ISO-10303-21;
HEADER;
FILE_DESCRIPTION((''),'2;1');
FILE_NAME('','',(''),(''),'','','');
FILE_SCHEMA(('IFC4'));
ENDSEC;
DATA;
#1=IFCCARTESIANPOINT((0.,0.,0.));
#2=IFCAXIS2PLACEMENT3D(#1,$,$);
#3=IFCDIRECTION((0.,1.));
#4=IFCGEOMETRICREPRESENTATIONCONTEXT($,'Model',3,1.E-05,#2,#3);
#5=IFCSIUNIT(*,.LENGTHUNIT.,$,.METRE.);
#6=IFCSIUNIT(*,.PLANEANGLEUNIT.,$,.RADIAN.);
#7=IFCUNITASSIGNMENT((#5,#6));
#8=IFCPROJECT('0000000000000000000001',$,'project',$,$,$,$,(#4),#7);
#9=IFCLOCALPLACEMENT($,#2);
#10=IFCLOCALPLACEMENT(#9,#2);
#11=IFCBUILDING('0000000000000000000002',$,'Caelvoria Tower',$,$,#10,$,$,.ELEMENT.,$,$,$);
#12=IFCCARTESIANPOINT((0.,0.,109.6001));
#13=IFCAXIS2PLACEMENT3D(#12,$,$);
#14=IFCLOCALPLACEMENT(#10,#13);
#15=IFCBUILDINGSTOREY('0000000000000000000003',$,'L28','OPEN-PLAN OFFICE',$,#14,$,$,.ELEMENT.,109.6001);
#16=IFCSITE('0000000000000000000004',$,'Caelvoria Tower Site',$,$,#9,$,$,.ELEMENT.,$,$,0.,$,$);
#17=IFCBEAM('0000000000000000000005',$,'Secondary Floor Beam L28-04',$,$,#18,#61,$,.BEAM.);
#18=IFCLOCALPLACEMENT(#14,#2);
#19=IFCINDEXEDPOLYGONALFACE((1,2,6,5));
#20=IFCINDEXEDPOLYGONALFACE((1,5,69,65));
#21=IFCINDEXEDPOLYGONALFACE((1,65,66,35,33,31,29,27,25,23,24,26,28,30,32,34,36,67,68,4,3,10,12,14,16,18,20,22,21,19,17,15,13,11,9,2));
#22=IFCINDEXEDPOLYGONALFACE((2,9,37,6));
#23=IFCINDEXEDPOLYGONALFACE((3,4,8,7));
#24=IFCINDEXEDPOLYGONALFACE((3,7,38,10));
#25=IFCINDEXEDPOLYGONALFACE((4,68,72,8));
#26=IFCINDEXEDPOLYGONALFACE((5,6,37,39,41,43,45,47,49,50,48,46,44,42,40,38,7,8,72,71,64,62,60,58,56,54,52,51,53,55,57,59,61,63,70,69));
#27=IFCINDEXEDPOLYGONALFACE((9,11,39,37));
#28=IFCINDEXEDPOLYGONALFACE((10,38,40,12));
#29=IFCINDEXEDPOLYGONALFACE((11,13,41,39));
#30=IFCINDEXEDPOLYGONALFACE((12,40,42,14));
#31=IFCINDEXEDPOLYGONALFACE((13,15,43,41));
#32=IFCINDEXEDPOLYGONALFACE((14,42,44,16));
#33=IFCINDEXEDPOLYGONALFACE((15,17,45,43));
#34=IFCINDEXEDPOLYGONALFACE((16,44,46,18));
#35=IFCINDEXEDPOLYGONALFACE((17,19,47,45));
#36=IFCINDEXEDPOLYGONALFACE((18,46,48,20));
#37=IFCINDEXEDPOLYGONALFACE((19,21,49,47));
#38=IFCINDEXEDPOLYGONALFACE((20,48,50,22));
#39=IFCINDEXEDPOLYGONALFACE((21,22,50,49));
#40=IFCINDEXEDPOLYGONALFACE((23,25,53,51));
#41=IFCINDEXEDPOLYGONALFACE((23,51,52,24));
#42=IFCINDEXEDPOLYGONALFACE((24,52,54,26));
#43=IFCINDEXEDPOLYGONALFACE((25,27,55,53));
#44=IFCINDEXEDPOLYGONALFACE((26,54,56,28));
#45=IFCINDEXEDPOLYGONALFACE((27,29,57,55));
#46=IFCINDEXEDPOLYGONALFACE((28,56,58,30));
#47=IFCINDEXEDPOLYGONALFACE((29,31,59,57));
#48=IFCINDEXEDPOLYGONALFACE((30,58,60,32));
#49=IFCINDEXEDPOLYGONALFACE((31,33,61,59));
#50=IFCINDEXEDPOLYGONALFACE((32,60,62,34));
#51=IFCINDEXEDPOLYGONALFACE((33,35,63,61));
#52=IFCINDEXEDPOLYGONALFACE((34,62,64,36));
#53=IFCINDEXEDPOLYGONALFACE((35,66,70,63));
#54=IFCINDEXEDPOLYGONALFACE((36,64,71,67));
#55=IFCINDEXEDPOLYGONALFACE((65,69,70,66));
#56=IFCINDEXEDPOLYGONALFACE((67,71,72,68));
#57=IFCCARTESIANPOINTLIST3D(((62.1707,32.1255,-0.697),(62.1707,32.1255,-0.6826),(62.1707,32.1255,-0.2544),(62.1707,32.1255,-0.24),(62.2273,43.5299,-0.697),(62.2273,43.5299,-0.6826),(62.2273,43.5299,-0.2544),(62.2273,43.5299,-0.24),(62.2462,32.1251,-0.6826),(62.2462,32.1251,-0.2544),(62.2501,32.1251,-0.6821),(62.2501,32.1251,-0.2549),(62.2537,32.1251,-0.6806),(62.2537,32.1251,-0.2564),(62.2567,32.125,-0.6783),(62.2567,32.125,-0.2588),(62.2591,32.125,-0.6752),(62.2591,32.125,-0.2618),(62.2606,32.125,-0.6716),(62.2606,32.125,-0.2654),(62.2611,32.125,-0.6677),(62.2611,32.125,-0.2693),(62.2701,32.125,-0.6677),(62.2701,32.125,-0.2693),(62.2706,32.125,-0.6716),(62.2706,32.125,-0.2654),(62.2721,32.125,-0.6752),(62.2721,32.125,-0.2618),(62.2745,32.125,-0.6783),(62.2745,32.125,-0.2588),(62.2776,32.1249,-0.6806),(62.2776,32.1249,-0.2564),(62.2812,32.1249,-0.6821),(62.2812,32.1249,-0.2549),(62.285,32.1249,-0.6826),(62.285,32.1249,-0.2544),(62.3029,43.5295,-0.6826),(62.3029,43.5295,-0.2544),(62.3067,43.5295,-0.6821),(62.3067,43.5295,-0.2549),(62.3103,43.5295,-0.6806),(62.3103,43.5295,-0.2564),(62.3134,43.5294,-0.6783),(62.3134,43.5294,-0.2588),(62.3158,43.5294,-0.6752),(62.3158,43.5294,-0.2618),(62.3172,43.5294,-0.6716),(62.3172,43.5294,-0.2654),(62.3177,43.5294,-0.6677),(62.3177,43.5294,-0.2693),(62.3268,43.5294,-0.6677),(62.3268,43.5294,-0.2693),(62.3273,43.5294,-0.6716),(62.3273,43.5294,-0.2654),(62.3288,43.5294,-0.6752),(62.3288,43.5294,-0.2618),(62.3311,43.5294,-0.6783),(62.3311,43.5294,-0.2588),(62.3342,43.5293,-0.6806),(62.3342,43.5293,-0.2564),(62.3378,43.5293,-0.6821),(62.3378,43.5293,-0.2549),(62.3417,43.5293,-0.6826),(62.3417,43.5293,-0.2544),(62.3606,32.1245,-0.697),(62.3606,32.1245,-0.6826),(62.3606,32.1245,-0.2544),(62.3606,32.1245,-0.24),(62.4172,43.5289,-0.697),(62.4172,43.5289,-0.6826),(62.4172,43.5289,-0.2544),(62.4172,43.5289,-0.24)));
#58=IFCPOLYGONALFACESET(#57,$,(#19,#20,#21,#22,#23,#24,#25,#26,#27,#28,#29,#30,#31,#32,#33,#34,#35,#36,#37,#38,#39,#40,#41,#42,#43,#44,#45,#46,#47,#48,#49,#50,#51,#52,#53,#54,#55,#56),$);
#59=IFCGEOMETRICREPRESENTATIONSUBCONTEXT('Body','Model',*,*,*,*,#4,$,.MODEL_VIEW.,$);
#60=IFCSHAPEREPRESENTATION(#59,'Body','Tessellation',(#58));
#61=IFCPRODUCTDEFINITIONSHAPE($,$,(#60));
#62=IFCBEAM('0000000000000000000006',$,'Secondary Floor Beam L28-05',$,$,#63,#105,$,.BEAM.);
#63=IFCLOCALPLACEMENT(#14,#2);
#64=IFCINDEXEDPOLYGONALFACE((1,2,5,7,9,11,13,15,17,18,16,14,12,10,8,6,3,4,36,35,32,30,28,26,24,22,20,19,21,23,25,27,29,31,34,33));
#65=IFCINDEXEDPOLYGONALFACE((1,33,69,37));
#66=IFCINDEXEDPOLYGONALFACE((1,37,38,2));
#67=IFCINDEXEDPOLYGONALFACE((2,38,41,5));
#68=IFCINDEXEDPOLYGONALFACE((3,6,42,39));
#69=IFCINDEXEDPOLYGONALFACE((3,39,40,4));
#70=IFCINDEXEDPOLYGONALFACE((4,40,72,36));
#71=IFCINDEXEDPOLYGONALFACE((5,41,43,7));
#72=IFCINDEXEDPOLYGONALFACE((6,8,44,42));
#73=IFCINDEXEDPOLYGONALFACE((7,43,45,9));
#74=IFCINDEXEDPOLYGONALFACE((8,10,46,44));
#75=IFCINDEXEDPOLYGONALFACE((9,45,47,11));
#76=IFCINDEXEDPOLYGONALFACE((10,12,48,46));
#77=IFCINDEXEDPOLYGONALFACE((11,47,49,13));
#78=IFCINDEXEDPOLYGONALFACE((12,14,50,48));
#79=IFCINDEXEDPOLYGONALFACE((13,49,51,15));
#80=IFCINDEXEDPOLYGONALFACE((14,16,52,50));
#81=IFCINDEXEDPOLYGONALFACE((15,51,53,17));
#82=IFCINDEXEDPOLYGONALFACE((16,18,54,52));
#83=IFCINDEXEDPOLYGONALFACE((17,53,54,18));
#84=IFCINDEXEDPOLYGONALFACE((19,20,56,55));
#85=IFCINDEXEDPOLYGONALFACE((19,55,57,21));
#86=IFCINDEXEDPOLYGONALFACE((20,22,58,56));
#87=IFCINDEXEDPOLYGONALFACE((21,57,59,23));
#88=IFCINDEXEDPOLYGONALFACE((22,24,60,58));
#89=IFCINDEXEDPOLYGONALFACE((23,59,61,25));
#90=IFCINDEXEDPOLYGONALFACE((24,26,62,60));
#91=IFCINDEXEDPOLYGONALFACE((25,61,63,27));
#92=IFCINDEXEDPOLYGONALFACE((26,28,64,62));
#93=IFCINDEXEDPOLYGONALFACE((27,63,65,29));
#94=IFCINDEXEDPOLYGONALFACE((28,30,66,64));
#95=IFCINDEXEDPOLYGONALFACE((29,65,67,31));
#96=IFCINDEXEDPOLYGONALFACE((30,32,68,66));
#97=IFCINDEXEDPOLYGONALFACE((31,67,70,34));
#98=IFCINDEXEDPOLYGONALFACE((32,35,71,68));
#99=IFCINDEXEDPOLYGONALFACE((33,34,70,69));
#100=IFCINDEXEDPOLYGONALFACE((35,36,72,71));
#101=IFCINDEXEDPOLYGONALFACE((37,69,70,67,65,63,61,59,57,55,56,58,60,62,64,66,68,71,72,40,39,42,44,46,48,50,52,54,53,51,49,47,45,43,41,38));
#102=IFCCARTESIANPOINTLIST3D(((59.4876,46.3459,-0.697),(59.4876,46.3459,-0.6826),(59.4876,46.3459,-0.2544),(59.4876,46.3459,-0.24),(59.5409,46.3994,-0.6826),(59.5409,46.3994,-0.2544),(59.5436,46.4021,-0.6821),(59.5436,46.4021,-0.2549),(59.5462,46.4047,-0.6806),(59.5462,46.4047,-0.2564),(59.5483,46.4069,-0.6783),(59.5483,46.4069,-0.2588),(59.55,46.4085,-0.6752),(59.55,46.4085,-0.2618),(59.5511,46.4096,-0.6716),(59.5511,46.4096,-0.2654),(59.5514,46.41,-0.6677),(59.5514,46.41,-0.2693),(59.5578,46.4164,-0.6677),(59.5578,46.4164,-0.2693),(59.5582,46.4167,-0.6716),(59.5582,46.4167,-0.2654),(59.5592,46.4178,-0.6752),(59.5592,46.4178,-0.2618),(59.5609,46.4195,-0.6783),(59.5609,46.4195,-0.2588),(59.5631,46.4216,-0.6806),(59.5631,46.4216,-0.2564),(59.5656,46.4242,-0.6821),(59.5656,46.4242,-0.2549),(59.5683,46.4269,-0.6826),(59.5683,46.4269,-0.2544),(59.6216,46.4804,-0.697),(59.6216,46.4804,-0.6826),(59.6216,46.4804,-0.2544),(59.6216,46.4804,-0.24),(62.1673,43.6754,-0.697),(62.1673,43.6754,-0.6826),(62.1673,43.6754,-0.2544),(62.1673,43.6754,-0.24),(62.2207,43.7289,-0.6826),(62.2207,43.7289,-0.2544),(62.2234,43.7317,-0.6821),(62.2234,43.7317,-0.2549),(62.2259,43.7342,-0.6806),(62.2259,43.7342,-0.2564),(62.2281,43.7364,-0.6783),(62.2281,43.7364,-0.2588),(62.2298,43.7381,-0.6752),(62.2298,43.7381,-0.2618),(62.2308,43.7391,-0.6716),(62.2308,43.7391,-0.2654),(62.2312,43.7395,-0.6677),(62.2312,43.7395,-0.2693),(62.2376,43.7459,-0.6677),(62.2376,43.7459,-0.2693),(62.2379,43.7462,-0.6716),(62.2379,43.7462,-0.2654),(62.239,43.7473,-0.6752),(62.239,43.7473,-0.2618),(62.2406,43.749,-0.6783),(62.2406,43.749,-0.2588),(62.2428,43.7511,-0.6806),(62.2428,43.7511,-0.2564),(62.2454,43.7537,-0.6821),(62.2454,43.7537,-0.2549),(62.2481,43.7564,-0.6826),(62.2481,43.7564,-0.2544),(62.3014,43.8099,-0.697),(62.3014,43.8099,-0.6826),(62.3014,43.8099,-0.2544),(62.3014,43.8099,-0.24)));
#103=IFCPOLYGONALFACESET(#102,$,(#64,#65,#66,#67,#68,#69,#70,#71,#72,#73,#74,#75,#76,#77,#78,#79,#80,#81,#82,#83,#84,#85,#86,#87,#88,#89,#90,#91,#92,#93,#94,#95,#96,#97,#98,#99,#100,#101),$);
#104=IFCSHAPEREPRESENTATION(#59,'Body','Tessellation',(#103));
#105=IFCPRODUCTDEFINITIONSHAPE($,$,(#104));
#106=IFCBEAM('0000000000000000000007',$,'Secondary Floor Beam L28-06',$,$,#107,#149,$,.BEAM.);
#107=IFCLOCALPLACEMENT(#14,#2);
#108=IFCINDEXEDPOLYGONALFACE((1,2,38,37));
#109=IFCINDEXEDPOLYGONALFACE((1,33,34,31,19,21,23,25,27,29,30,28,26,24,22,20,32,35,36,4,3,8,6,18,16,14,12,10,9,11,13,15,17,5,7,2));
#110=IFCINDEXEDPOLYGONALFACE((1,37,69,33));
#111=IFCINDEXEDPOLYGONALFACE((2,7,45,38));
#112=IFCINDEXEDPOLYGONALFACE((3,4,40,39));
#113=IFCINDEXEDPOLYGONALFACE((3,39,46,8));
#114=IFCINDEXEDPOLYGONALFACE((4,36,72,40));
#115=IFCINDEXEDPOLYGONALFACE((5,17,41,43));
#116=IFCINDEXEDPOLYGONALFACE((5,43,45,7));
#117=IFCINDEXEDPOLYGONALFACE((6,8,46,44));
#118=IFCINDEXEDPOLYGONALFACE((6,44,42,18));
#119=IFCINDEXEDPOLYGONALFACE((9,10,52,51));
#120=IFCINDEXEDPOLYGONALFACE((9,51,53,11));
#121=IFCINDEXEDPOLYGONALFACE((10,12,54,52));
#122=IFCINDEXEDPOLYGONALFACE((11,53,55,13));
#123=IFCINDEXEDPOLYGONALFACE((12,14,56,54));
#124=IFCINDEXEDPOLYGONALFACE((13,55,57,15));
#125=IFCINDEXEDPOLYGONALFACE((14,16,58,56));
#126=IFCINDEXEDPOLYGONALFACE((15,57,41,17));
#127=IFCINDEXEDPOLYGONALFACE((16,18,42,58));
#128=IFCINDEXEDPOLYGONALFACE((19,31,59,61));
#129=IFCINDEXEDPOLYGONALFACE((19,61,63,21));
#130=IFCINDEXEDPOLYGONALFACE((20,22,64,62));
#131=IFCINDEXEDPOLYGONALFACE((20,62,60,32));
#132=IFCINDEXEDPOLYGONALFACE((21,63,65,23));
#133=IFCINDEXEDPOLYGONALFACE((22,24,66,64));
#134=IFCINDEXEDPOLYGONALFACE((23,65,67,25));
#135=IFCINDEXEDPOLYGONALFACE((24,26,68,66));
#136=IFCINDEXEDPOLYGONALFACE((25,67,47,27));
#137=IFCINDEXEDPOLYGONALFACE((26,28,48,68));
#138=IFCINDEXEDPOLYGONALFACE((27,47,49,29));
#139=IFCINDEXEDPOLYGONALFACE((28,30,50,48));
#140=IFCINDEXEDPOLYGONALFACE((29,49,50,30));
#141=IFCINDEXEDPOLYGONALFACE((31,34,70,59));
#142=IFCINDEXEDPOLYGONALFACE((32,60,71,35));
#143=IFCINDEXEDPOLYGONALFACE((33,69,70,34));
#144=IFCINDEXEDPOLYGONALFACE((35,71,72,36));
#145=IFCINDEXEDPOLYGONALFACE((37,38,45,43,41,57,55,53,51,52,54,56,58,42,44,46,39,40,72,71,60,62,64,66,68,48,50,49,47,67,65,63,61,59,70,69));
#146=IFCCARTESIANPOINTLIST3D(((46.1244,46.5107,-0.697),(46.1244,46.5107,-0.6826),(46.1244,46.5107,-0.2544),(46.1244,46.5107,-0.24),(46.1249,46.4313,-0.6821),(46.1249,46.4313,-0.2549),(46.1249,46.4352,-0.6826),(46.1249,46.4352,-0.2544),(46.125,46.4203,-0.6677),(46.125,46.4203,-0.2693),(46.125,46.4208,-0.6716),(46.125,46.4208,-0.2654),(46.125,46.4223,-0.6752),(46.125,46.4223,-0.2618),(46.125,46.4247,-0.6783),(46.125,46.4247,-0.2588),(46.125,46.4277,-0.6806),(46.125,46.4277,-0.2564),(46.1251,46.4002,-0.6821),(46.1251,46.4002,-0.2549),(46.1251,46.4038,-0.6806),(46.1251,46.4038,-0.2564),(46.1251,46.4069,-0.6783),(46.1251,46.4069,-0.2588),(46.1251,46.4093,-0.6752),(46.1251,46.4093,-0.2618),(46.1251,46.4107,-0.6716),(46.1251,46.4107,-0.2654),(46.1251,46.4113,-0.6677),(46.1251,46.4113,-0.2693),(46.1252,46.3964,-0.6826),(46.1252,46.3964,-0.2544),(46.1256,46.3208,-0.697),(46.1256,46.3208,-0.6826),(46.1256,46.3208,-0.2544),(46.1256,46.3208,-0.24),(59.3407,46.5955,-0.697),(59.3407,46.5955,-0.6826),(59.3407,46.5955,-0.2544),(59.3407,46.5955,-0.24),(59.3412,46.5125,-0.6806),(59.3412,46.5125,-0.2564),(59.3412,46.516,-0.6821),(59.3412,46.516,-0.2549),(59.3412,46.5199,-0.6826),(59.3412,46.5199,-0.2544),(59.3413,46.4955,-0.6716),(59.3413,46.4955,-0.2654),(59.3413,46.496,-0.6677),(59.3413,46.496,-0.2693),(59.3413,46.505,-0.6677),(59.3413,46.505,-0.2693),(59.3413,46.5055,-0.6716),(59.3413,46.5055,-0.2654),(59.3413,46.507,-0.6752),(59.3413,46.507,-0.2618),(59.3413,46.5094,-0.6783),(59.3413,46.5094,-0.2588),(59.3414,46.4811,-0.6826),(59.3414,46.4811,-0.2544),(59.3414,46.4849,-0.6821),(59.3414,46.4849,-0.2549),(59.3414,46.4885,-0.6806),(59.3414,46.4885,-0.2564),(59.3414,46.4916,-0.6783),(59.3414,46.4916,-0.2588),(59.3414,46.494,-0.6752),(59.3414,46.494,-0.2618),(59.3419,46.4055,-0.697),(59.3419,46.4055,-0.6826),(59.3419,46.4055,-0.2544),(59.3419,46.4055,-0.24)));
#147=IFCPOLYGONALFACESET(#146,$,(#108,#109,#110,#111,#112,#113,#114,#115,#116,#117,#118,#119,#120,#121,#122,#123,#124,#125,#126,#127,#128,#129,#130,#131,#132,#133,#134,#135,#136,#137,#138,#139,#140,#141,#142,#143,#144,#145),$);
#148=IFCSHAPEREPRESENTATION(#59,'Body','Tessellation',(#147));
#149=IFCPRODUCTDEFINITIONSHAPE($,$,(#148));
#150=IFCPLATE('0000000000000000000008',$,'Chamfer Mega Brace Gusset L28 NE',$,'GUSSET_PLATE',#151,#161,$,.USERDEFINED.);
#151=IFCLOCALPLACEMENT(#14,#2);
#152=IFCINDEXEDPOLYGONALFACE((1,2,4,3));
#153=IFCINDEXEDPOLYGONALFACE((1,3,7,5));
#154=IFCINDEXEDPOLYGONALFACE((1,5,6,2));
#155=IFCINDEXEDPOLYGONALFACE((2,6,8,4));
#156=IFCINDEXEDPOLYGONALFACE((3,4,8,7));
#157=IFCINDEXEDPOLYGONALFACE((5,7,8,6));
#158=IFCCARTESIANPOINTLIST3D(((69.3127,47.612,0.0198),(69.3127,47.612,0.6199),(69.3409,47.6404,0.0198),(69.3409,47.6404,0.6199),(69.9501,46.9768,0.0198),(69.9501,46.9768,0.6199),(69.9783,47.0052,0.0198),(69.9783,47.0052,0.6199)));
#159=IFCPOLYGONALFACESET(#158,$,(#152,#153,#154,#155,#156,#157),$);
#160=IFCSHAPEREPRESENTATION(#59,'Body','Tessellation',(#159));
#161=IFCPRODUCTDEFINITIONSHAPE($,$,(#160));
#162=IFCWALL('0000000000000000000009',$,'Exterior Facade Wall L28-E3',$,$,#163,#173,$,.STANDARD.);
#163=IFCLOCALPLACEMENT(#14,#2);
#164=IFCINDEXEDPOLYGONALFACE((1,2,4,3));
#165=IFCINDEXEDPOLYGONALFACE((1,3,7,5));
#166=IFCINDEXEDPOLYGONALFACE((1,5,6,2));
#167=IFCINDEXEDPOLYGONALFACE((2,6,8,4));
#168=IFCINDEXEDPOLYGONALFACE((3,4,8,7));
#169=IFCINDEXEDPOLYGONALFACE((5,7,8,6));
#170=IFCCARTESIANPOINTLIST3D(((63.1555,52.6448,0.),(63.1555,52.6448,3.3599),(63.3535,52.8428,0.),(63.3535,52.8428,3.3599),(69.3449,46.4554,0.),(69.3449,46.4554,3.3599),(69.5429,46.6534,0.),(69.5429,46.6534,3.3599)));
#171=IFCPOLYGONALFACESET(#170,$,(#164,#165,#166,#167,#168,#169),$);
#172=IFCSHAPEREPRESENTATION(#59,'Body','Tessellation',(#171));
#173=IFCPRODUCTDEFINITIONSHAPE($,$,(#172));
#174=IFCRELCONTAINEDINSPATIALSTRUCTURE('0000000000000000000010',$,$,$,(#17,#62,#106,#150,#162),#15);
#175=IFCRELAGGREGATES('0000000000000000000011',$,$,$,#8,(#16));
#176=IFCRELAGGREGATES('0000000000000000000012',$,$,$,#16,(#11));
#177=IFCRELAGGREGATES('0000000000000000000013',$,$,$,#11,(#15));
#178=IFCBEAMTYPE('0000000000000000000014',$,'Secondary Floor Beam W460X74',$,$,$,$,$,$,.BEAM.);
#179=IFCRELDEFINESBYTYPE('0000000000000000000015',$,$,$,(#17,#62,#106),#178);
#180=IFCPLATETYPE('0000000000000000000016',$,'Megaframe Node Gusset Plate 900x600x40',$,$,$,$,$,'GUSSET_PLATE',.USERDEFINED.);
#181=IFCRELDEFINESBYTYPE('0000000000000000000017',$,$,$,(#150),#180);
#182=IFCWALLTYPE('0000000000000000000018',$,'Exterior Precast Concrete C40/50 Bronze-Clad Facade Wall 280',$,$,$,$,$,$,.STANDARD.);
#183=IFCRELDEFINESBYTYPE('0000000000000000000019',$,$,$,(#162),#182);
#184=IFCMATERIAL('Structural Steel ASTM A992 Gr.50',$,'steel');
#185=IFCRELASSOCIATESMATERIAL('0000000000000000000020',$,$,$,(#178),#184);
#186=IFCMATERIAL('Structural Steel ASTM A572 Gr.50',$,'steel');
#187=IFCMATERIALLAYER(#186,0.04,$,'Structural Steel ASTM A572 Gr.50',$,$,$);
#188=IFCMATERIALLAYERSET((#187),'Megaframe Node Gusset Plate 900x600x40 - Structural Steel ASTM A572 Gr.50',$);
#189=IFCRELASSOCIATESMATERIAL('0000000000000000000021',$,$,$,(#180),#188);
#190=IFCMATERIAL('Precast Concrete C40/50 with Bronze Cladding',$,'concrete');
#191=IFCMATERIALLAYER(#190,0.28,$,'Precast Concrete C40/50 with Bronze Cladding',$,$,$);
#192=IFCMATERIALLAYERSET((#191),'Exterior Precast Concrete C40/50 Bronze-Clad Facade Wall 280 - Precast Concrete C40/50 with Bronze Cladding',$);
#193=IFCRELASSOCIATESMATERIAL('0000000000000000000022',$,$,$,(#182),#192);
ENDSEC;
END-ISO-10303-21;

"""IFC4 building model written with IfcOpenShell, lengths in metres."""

from ifc_helpers import new_model, si_unit, direction, frame, frame_2d, origin, origin_2d, place, context, subcontext, project, spatial, rectangle, i_section, extrude, material, layer, layer_set, material_profile, profile_set, type_object, element, save


model = new_model("IFC4")

# Units and contexts
model_context = context("Model", 3, precision=1e-05, world=origin(), true_north=direction((0.0, 1.0)))
body_context = subcontext(model_context, "Body", "Model", "MODEL_VIEW")
ifc_project = project(units=[si_unit("LENGTHUNIT", "METRE"), si_unit("PLANEANGLEUNIT", "RADIAN")], contexts=[model_context])

# Site, building, storey
site_placement = place(None, origin())
site = spatial("IfcSite", under=ifc_project, at=site_placement, Name="Caelvoria Tower Site", CompositionType="ELEMENT", RefElevation=0.0)
building_placement = place(site_placement, origin())
building = spatial("IfcBuilding", under=site, at=building_placement, Name="Caelvoria Tower", CompositionType="ELEMENT")
storey_placement = place(building_placement, frame((0.0, 0.0, 109.6001)))
storey = spatial("IfcBuildingStorey", under=building, at=storey_placement, Name="L28", Description="OPEN-PLAN OFFICE", CompositionType="ELEMENT", Elevation=109.6001)

# Shared definitions
ifc_material_1 = material(Name="Structural Steel ASTM A572 Gr.50", Category="steel")

# Beams
ifc_material_2 = material(Name="Structural Steel ASTM A992 Gr.50", Category="steel")
ifc_material_profile_1 = material_profile(ifc_material_2, i_section(OverallWidth=0.1899, OverallDepth=0.457, WebThickness=0.009, FlangeThickness=0.0144, FilletRadius=0.0149, at=origin_2d()), Name="Structural Steel ASTM A992 Gr.50")
ifc_profile_set_1 = profile_set([ifc_material_profile_1], Name="W460X74 - Structural Steel ASTM A992 Gr.50")
beam_type_1 = type_object("IfcBeamType", Name="Secondary Floor Beam W460X74", PredefinedType="BEAM", material=ifc_profile_set_1)
beam_1_placement = place(storey_placement, frame((62.2656, 32.125, -0.4685), z_axis=(0.004967, 0.999988, 0.0), x_axis=(-0.999988, 0.004967, 0.0)))
element("IfcBeam", 1, at=beam_1_placement, inside=storey, type_object=beam_type_1, Name="Secondary Floor Beam L28-04", PredefinedType="BEAM", context=body_context, shape_type="SweptSolid", body=[
    extrude(i_section(OverallWidth=0.1899, OverallDepth=0.457, WebThickness=0.009, FlangeThickness=0.0144, FilletRadius=0.0149, at=origin_2d()), origin(), (0.0, 0.0, 1.0), 11.4045),
])
beam_2_placement = place(storey_placement, frame((62.2344, 43.7427, -0.4685), z_axis=(-0.708332, 0.70588, 0.0), x_axis=(-0.70588, -0.708332, 0.0)))
element("IfcBeam", 2, at=beam_2_placement, inside=storey, type_object=beam_type_1, Name="Secondary Floor Beam L28-05", PredefinedType="BEAM", context=body_context, shape_type="SweptSolid", body=[
    extrude(i_section(OverallWidth=0.1899, OverallDepth=0.457, WebThickness=0.009, FlangeThickness=0.0144, FilletRadius=0.0149, at=origin_2d()), origin(), (0.0, 0.0, 1.0), 3.7832),
])
beam_3_placement = place(storey_placement, frame((59.3413, 46.5005, -0.4685), z_axis=(-0.999979, -0.00641, 0.0), x_axis=(0.00641, -0.999979, 0.0)))
element("IfcBeam", 3, at=beam_3_placement, inside=storey, type_object=beam_type_1, Name="Secondary Floor Beam L28-06", PredefinedType="BEAM", context=body_context, shape_type="SweptSolid", body=[
    extrude(i_section(OverallWidth=0.1899, OverallDepth=0.457, WebThickness=0.009, FlangeThickness=0.0144, FilletRadius=0.0149, at=origin_2d()), origin(), (0.0, 0.0, 1.0), 13.2166),
])

# Plate
ifc_layer_1 = layer(ifc_material_1, 0.04, Name="Structural Steel ASTM A572 Gr.50")
ifc_layer_set_1 = layer_set([ifc_layer_1], Name="Megaframe Node Gusset Plate 900x600x40 - Structural Steel ASTM A572 Gr.50")
plate_type = type_object("IfcPlateType", Name="Megaframe Node Gusset Plate 900x600x40", ElementType="GUSSET_PLATE", PredefinedType="USERDEFINED", material=ifc_layer_set_1)
plate_placement = place(storey_placement, frame((69.6455, 47.3086, 0.0198), z_axis=(0.0, 0.0, 1.0), x_axis=(-0.708308, 0.705904, 0.0)))
element("IfcPlate", 4, at=plate_placement, inside=storey, type_object=plate_type, Name="Chamfer Mega Brace Gusset L28 NE", ObjectType="GUSSET_PLATE", PredefinedType="USERDEFINED", context=body_context, shape_type="SweptSolid", body=[
    extrude(rectangle(XDim=0.8999, YDim=0.04, at=origin_2d()), origin(), (0.0, 0.0, 1.0), 0.6001),
])

# Wall
ifc_material_3 = material(Name="Precast Concrete C40/50 with Bronze Cladding", Category="concrete")
ifc_layer_2 = layer(ifc_material_3, 0.28, Name="Precast Concrete C40/50 with Bronze Cladding")
ifc_layer_set_2 = layer_set([ifc_layer_2], Name="Exterior Precast Concrete C40/50 Bronze-Clad Facade Wall 280 - Precast Concrete C40/50 with Bronze Cladding")
wall_type_1 = type_object("IfcWallType", Name="Exterior Precast Concrete C40/50 Bronze-Clad Facade Wall 280", PredefinedType="STANDARD", material=ifc_layer_set_2)
wall_1_placement = place(storey_placement, frame((69.4438, 46.5544, 0.0), z_axis=(0.0, 0.0, 1.0), x_axis=(-0.707107, 0.707107, 0.0)))
element("IfcWall", 5, at=wall_1_placement, inside=storey, type_object=wall_type_1, Name="Exterior Facade Wall L28-E3", PredefinedType="STANDARD", context=body_context, shape_type="SweptSolid", body=[
    extrude(rectangle(XDim=8.7532, YDim=0.28, at=frame_2d((4.3765, 0.0))), origin(), (0.0, 0.0, 1.0), 3.3599),
])

save(model, "model.ifc")
